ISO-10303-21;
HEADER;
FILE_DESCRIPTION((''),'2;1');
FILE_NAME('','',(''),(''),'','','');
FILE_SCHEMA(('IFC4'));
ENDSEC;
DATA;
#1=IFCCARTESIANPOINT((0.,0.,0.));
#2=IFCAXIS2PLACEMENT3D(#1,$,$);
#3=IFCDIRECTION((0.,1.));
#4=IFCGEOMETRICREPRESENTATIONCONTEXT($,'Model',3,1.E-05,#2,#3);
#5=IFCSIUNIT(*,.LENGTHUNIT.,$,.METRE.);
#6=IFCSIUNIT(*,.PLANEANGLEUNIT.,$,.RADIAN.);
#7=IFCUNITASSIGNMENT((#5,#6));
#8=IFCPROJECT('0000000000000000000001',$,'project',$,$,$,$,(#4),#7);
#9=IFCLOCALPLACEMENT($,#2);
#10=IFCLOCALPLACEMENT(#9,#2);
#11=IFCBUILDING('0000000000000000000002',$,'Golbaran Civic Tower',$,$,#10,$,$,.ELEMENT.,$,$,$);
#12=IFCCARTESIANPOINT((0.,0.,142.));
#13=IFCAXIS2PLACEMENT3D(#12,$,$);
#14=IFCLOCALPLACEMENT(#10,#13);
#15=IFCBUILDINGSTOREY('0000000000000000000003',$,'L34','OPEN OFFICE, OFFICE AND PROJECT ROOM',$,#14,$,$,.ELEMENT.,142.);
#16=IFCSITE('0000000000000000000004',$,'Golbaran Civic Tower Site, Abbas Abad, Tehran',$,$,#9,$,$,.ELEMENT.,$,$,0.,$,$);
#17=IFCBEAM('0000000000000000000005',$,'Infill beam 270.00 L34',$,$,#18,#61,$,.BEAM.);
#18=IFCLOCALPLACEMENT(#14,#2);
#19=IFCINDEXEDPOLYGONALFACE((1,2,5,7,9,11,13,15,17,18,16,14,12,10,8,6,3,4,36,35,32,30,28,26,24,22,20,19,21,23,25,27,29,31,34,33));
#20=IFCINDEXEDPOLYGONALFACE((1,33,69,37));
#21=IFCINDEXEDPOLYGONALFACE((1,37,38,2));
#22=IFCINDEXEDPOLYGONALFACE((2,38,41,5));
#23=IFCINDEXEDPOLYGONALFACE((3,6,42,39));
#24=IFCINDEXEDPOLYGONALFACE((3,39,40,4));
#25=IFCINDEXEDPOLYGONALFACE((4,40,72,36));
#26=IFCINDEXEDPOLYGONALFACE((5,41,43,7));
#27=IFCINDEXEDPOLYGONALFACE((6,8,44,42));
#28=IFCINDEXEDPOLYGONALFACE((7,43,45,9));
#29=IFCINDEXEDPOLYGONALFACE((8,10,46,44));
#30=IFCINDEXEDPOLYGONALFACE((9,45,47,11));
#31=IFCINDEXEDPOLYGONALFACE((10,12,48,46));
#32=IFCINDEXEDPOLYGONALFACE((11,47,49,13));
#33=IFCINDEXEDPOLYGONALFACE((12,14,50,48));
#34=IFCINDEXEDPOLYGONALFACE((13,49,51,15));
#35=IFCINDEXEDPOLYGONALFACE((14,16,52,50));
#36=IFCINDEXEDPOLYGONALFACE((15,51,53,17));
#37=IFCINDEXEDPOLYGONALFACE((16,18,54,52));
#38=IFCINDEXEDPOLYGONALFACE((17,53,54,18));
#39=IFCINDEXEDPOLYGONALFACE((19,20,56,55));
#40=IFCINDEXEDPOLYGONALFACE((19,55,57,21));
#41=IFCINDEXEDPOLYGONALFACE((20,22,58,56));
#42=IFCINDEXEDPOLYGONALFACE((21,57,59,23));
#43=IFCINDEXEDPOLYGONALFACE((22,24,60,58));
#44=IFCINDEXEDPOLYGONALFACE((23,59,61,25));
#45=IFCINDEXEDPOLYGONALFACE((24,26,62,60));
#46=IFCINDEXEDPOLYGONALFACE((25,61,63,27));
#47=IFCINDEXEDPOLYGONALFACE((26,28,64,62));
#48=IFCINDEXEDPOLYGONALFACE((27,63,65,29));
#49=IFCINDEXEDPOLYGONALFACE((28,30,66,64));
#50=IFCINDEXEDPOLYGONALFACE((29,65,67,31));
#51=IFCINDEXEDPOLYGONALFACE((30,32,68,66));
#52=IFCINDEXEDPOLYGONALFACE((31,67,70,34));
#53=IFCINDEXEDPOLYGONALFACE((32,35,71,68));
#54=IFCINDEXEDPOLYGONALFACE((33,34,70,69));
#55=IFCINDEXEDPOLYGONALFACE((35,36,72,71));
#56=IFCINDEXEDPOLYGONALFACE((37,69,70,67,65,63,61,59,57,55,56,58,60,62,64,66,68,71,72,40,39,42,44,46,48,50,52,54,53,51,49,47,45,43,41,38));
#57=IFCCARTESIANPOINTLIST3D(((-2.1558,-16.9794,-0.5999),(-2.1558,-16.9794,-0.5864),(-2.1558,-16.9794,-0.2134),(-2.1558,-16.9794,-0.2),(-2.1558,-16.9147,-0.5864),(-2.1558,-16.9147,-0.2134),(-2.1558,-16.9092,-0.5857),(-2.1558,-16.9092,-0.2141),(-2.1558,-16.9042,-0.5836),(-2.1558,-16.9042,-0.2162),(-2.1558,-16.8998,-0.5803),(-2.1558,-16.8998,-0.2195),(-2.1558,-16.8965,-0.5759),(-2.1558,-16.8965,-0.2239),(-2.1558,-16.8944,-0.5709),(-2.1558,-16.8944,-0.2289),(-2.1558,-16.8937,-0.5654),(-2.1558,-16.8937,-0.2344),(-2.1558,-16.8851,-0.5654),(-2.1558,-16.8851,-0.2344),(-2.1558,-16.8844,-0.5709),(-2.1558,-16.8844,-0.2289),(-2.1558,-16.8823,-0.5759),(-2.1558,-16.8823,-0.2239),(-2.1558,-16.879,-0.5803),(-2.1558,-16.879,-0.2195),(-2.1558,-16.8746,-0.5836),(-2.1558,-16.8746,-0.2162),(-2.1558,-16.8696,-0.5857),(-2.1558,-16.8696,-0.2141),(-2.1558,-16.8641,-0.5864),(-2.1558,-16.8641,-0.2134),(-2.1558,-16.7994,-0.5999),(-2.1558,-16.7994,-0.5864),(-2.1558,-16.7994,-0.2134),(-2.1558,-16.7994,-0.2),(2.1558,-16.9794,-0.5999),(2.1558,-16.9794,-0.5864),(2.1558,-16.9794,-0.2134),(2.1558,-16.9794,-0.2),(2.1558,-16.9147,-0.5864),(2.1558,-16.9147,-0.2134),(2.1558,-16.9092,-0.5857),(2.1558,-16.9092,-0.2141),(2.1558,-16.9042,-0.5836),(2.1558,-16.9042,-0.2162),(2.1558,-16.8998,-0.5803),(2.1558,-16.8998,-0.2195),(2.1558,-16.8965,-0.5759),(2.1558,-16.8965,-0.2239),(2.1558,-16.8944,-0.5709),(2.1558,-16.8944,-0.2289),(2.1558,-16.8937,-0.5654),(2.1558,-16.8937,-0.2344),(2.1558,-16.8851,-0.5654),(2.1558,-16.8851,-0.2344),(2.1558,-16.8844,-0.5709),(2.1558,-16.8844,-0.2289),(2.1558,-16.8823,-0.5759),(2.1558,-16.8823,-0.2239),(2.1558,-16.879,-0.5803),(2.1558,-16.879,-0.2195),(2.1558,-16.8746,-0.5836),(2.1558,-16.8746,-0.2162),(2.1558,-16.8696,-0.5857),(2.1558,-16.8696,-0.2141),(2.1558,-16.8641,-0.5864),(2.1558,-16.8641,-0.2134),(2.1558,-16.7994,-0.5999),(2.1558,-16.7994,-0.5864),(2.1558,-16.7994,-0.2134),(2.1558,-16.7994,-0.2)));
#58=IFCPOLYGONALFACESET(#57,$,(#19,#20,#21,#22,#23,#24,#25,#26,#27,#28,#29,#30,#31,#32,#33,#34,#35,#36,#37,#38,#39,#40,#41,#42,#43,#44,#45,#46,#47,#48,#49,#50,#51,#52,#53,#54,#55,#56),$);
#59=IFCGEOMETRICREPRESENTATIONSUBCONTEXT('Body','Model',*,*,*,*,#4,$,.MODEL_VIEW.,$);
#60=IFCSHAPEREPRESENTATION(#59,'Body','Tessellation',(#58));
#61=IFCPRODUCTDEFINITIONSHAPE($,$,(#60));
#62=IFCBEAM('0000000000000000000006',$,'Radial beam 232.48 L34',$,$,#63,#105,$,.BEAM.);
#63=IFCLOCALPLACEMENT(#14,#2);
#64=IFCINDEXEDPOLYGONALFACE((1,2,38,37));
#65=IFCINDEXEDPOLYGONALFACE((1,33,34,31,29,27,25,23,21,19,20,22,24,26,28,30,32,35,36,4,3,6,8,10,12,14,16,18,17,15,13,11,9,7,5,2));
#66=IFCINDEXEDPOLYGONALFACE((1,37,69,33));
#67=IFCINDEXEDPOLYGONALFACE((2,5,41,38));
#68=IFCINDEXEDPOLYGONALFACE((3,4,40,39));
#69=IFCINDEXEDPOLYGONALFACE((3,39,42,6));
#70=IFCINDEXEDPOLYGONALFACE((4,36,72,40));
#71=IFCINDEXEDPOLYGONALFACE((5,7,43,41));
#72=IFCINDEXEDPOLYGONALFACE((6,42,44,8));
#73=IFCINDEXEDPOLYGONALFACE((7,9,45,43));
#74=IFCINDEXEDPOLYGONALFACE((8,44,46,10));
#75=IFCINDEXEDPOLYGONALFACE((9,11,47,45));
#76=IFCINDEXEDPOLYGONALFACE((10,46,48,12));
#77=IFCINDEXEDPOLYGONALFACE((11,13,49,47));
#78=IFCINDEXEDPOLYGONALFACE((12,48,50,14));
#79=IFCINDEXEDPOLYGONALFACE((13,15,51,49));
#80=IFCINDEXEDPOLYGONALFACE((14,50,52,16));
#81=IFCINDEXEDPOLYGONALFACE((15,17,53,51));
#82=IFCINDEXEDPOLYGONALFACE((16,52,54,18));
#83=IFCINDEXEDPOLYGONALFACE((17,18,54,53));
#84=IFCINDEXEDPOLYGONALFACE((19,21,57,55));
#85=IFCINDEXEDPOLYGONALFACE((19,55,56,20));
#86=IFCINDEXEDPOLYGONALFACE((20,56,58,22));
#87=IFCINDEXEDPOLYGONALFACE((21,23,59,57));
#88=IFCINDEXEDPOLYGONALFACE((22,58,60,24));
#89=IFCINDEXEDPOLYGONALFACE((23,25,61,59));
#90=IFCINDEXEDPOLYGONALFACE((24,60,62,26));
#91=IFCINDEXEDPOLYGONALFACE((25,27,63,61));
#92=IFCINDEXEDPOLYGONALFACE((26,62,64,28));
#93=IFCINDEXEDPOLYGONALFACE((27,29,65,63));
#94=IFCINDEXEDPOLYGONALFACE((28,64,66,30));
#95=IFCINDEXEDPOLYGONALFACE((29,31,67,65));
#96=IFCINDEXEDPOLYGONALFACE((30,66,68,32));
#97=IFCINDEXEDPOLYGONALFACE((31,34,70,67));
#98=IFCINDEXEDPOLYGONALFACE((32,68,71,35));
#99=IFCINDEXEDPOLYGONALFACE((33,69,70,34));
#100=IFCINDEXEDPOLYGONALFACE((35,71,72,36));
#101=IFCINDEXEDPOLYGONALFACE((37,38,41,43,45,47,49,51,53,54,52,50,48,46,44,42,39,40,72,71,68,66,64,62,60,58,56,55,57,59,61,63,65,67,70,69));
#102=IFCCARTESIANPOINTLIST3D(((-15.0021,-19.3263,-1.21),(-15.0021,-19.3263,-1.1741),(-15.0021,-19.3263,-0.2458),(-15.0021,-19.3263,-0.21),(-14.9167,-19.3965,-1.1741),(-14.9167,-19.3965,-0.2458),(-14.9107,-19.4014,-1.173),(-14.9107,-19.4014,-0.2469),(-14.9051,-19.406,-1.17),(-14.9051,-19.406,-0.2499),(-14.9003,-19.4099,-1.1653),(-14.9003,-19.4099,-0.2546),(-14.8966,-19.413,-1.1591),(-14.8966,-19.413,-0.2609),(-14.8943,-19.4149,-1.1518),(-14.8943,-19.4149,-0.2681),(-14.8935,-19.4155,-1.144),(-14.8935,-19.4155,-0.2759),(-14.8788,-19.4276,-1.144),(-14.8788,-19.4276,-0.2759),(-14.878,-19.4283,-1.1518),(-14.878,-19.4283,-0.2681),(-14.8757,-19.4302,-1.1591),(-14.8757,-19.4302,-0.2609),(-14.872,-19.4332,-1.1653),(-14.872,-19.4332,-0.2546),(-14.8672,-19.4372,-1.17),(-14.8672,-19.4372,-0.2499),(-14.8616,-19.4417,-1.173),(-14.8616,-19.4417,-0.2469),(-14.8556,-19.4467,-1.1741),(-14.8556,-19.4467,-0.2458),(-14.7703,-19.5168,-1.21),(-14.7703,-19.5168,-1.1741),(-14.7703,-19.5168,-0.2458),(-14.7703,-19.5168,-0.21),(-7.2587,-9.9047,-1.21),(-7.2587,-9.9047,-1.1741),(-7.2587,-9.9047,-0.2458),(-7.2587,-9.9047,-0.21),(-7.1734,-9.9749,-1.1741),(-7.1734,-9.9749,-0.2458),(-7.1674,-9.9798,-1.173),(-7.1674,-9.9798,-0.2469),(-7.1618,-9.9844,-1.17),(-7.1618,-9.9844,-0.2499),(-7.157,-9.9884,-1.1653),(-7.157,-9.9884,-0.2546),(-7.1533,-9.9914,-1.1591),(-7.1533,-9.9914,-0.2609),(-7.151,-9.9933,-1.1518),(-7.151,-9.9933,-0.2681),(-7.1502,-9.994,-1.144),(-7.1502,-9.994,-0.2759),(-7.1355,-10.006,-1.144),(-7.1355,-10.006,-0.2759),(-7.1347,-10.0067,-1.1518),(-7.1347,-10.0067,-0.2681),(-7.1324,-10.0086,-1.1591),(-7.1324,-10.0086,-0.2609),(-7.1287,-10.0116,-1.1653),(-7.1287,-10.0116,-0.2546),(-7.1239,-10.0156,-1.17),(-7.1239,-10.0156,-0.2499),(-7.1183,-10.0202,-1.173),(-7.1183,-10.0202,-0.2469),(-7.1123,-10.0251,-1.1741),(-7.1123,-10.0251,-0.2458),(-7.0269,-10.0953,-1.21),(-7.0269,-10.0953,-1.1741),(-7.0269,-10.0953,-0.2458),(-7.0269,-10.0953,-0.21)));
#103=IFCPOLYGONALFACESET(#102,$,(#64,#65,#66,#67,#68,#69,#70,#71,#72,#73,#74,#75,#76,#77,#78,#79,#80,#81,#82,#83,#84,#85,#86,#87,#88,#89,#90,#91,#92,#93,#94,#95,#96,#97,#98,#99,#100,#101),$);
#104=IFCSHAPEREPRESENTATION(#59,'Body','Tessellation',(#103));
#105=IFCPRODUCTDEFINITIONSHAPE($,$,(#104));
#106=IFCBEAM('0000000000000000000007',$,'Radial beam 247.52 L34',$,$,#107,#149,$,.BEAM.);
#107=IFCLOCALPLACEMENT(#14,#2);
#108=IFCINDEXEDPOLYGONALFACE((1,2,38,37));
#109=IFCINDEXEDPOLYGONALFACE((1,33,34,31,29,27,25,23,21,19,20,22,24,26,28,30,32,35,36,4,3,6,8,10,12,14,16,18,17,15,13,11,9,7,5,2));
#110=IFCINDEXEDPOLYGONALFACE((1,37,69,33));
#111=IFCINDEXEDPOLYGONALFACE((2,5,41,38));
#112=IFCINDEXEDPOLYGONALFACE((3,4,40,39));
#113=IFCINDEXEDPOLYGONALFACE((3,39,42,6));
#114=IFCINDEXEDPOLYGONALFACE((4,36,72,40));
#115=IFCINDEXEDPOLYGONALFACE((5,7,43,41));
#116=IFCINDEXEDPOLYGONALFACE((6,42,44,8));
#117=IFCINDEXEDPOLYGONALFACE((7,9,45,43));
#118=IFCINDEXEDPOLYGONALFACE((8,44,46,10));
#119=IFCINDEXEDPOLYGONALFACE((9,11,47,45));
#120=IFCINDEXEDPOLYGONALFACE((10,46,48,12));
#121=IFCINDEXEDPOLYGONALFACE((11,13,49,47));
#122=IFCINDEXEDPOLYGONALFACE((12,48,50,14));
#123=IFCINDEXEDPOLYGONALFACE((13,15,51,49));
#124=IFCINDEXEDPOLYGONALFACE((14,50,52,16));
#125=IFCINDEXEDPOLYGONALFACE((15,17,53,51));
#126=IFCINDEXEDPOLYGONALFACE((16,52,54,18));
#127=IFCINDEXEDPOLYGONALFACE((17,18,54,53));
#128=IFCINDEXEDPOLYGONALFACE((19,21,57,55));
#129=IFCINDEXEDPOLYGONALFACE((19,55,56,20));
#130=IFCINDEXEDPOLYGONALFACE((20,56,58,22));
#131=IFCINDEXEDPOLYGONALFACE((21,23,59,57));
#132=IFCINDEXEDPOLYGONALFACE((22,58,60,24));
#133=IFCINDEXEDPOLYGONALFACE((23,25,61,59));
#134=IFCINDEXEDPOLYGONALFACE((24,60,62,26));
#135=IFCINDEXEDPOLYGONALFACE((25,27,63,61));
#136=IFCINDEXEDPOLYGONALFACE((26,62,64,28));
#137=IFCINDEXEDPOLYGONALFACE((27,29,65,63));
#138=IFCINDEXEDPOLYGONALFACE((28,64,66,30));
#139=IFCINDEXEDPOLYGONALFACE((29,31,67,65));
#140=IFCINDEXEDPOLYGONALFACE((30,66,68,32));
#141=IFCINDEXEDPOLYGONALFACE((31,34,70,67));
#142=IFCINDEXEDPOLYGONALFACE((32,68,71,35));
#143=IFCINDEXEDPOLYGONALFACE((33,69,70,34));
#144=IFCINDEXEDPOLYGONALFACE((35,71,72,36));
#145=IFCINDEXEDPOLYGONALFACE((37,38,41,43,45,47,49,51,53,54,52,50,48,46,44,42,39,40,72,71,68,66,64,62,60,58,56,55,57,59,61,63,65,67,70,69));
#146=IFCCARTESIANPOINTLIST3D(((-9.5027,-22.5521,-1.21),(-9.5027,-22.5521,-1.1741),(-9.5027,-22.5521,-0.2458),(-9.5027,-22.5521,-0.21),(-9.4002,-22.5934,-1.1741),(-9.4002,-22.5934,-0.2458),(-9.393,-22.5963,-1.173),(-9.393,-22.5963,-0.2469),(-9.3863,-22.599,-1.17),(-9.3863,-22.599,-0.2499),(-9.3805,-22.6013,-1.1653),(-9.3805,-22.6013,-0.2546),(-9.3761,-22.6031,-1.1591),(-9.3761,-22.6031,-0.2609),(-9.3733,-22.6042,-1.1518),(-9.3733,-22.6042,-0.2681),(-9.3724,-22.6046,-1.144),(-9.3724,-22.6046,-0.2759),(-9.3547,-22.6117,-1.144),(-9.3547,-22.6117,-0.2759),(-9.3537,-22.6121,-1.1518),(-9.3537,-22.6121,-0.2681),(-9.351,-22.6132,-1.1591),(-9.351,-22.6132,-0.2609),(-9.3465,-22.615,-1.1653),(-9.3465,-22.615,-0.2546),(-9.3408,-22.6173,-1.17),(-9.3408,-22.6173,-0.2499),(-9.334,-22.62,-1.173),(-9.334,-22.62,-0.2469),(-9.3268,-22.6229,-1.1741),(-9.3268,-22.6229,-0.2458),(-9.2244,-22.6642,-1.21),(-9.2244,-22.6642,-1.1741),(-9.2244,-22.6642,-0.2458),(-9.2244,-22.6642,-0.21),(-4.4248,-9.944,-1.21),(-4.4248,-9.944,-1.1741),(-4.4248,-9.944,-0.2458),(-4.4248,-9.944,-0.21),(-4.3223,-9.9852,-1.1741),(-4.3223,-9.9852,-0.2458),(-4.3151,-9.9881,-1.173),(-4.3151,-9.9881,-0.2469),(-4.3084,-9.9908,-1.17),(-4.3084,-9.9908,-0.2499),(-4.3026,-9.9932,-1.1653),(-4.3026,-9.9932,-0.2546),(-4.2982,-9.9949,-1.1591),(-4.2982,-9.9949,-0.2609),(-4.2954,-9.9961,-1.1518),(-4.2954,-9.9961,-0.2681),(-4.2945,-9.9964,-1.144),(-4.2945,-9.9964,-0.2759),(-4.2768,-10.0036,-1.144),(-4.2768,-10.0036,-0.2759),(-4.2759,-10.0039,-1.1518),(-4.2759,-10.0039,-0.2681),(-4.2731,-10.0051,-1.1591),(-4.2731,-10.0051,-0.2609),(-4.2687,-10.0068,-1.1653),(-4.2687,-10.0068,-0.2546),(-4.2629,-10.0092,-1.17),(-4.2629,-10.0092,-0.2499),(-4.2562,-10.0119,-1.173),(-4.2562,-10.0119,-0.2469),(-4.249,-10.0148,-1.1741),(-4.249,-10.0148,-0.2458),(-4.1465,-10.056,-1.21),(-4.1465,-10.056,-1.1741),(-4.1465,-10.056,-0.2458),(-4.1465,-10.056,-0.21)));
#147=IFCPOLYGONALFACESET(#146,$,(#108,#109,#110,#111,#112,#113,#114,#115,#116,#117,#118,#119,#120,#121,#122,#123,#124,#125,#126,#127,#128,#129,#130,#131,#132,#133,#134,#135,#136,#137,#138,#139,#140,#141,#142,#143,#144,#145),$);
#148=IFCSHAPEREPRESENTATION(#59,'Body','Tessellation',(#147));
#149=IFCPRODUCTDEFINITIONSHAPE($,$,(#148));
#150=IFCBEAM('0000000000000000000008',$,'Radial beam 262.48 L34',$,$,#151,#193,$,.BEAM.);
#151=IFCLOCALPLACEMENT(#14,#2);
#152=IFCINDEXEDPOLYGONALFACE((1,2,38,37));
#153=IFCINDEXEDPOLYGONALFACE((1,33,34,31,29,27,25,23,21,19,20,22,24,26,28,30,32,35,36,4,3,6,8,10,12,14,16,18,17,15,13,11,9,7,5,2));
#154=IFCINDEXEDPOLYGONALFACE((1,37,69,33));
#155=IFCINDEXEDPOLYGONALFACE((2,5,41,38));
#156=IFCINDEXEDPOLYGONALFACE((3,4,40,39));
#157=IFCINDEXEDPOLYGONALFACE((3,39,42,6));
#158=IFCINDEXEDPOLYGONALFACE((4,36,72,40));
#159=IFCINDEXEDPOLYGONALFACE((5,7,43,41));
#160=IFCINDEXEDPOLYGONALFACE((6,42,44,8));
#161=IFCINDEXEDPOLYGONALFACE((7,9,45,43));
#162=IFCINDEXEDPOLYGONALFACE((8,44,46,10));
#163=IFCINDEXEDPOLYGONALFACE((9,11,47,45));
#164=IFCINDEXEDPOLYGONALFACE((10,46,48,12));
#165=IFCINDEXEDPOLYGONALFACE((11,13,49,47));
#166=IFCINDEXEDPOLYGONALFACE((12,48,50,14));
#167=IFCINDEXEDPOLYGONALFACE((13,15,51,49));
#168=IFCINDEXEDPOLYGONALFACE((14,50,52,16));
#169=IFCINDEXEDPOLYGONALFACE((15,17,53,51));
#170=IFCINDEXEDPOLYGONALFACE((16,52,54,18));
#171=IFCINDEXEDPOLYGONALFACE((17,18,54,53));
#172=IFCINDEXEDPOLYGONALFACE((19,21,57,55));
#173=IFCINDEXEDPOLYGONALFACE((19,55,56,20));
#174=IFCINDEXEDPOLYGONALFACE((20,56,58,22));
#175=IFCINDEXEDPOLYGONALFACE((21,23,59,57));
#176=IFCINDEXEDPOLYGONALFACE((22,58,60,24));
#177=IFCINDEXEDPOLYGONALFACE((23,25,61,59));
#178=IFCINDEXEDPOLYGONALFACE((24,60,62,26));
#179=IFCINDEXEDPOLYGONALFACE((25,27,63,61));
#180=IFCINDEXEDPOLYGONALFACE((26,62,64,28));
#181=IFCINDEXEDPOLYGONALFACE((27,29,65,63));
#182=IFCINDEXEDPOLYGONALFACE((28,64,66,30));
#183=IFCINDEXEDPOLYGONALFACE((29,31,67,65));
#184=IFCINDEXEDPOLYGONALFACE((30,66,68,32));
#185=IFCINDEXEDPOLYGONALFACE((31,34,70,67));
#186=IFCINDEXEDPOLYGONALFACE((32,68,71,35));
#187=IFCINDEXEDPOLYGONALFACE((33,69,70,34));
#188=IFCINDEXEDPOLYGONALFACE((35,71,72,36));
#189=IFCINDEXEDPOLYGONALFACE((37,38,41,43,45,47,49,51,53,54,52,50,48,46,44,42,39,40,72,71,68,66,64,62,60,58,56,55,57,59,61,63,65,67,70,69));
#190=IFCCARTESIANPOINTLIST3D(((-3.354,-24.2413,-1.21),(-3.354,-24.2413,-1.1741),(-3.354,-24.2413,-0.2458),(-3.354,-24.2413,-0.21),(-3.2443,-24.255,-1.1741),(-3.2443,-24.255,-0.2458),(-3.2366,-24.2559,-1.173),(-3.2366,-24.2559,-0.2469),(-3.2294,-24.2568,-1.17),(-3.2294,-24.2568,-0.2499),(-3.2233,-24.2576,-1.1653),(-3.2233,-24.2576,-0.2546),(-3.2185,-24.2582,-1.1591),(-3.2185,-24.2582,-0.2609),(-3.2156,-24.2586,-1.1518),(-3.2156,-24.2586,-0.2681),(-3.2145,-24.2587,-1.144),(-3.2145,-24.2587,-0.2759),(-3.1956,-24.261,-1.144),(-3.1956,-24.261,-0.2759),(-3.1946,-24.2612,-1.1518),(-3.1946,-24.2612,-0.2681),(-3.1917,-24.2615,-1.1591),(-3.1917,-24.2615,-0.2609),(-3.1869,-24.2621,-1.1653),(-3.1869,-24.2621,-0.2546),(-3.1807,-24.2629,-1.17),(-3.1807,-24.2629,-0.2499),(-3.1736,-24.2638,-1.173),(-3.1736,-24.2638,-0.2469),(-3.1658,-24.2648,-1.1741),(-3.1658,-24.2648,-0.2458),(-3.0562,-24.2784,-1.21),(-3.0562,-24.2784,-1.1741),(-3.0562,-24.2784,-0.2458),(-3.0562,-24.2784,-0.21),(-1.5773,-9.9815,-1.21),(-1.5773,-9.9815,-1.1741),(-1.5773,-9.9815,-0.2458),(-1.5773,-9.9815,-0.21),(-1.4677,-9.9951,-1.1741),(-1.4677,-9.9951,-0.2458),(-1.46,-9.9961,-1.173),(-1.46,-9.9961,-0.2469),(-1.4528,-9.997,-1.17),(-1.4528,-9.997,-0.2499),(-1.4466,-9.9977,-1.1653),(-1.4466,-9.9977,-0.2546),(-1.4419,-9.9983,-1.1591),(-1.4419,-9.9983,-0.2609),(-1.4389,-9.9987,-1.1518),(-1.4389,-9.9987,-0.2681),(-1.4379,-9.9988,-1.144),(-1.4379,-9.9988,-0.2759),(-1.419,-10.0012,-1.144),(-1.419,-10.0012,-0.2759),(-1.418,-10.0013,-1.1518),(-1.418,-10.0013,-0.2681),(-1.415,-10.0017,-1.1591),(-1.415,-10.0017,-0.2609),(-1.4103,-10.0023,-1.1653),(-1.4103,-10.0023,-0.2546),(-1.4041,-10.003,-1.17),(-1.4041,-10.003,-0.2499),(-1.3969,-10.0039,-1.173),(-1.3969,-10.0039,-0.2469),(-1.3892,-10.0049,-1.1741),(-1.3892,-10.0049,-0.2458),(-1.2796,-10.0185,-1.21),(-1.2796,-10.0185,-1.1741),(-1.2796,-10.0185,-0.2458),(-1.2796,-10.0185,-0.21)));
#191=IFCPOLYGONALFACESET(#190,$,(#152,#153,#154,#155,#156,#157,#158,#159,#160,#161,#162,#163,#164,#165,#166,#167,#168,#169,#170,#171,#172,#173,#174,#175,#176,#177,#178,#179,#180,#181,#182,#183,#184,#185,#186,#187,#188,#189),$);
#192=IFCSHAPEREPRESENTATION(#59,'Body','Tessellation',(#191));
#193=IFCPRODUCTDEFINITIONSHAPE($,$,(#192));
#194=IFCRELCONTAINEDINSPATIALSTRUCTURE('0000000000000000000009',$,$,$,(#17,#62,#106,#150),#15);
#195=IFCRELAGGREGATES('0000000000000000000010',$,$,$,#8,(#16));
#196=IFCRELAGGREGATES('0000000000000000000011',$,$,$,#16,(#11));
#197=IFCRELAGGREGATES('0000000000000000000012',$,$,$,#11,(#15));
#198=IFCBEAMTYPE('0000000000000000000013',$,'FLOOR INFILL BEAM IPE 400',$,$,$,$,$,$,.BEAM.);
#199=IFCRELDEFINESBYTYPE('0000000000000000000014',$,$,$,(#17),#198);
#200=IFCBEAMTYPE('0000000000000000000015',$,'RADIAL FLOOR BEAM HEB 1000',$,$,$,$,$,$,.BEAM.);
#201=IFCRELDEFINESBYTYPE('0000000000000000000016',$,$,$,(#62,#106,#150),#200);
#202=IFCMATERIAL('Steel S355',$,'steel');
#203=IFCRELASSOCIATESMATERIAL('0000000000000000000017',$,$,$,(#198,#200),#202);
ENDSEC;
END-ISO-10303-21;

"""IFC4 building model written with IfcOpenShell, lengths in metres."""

from ifc_helpers import new_model, si_unit, direction, frame, origin, origin_2d, place, context, subcontext, project, spatial, i_section, extrude, material, material_profile, profile_set, type_object, element, save


model = new_model("IFC4")

# Units and contexts
model_context = context("Model", 3, precision=1e-05, world=origin(), true_north=direction((0.0, 1.0)))
body_context = subcontext(model_context, "Body", "Model", "MODEL_VIEW")
ifc_project = project(units=[si_unit("LENGTHUNIT", "METRE"), si_unit("PLANEANGLEUNIT", "RADIAN")], contexts=[model_context])

# Site, building, storey
site_placement = place(None, origin())
site = spatial("IfcSite", under=ifc_project, at=site_placement, Name="Golbaran Civic Tower Site, Abbas Abad, Tehran", CompositionType="ELEMENT", RefElevation=0.0)
building_placement = place(site_placement, origin())
building = spatial("IfcBuilding", under=site, at=building_placement, Name="Golbaran Civic Tower", CompositionType="ELEMENT")
storey_placement = place(building_placement, frame((0.0, 0.0, 142.0)))
storey = spatial("IfcBuildingStorey", under=building, at=storey_placement, Name="L34", Description="OPEN OFFICE, OFFICE AND PROJECT ROOM", CompositionType="ELEMENT", Elevation=142.0)

# Beams
ifc_material_1 = material(Name="Steel S355", Category="steel")
ifc_material_profile_1 = material_profile(ifc_material_1, i_section(OverallWidth=0.1799, OverallDepth=0.3999, WebThickness=0.0085, FlangeThickness=0.0134, FilletRadius=0.021, at=origin_2d()), Name="IPE 400")
ifc_profile_set_1 = profile_set([ifc_material_profile_1], Name="Steel S355")
beam_type_1 = type_object("IfcBeamType", Name="FLOOR INFILL BEAM IPE 400", PredefinedType="BEAM", material=ifc_profile_set_1)
beam_1_placement = place(storey_placement, frame((-2.1558, -16.8894, -0.3999), z_axis=(1.0, 0.0, 0.0), x_axis=(0.0, 1.0, 0.0)))
element("IfcBeam", 1, at=beam_1_placement, inside=storey, type_object=beam_type_1, Name="Infill beam 270.00 L34", PredefinedType="BEAM", context=body_context, shape_type="SweptSolid", body=[
    extrude(i_section(OverallWidth=0.1799, OverallDepth=0.3999, WebThickness=0.0085, FlangeThickness=0.0134, FilletRadius=0.021, at=origin_2d()), origin(), (0.0, 0.0, 1.0), 4.3115),
])
ifc_material_profile_2 = material_profile(ifc_material_1, i_section(OverallWidth=0.3, OverallDepth=1.0, WebThickness=0.019, FlangeThickness=0.0359, FilletRadius=0.03, at=origin_2d()), Name="HEB 1000")
ifc_profile_set_2 = profile_set([ifc_material_profile_2], Name="Steel S355")
beam_type_2 = type_object("IfcBeamType", Name="RADIAL FLOOR BEAM HEB 1000", PredefinedType="BEAM", material=ifc_profile_set_2)
beam_2_placement = place(storey_placement, frame((-7.1428, -10.0, -0.71), z_axis=(-0.634946, -0.772557, 0.0), x_axis=(0.772557, -0.634946, 0.0)))
element("IfcBeam", 2, at=beam_2_placement, inside=storey, type_object=beam_type_2, Name="Radial beam 232.48 L34", PredefinedType="BEAM", context=body_context, shape_type="SweptSolid", body=[
    extrude(i_section(OverallWidth=0.3, OverallDepth=1.0, WebThickness=0.019, FlangeThickness=0.0359, FilletRadius=0.03, at=origin_2d()), origin(), (0.0, 0.0, 1.0), 12.1953),
])
beam_3_placement = place(storey_placement, frame((-4.2856, -10.0, -0.71), z_axis=(-0.373585, -0.927596, 0.0), x_axis=(0.927596, -0.373585, 0.0)))
element("IfcBeam", 3, at=beam_3_placement, inside=storey, type_object=beam_type_2, Name="Radial beam 247.52 L34", PredefinedType="BEAM", context=body_context, shape_type="SweptSolid", body=[
    extrude(i_section(OverallWidth=0.3, OverallDepth=1.0, WebThickness=0.019, FlangeThickness=0.0359, FilletRadius=0.03, at=origin_2d()), origin(), (0.0, 0.0, 1.0), 13.5923),
])
beam_4_placement = place(storey_placement, frame((-1.4285, -10.0, -0.71), z_axis=(-0.123633, -0.992328, 0.0), x_axis=(0.992328, -0.123633, 0.0)))
element("IfcBeam", 4, at=beam_4_placement, inside=storey, type_object=beam_type_2, Name="Radial beam 262.48 L34", PredefinedType="BEAM", context=body_context, shape_type="SweptSolid", body=[
    extrude(i_section(OverallWidth=0.3, OverallDepth=1.0, WebThickness=0.019, FlangeThickness=0.0359, FilletRadius=0.03, at=origin_2d()), origin(), (0.0, 0.0, 1.0), 14.3701),
])

save(model, "model.ifc")
